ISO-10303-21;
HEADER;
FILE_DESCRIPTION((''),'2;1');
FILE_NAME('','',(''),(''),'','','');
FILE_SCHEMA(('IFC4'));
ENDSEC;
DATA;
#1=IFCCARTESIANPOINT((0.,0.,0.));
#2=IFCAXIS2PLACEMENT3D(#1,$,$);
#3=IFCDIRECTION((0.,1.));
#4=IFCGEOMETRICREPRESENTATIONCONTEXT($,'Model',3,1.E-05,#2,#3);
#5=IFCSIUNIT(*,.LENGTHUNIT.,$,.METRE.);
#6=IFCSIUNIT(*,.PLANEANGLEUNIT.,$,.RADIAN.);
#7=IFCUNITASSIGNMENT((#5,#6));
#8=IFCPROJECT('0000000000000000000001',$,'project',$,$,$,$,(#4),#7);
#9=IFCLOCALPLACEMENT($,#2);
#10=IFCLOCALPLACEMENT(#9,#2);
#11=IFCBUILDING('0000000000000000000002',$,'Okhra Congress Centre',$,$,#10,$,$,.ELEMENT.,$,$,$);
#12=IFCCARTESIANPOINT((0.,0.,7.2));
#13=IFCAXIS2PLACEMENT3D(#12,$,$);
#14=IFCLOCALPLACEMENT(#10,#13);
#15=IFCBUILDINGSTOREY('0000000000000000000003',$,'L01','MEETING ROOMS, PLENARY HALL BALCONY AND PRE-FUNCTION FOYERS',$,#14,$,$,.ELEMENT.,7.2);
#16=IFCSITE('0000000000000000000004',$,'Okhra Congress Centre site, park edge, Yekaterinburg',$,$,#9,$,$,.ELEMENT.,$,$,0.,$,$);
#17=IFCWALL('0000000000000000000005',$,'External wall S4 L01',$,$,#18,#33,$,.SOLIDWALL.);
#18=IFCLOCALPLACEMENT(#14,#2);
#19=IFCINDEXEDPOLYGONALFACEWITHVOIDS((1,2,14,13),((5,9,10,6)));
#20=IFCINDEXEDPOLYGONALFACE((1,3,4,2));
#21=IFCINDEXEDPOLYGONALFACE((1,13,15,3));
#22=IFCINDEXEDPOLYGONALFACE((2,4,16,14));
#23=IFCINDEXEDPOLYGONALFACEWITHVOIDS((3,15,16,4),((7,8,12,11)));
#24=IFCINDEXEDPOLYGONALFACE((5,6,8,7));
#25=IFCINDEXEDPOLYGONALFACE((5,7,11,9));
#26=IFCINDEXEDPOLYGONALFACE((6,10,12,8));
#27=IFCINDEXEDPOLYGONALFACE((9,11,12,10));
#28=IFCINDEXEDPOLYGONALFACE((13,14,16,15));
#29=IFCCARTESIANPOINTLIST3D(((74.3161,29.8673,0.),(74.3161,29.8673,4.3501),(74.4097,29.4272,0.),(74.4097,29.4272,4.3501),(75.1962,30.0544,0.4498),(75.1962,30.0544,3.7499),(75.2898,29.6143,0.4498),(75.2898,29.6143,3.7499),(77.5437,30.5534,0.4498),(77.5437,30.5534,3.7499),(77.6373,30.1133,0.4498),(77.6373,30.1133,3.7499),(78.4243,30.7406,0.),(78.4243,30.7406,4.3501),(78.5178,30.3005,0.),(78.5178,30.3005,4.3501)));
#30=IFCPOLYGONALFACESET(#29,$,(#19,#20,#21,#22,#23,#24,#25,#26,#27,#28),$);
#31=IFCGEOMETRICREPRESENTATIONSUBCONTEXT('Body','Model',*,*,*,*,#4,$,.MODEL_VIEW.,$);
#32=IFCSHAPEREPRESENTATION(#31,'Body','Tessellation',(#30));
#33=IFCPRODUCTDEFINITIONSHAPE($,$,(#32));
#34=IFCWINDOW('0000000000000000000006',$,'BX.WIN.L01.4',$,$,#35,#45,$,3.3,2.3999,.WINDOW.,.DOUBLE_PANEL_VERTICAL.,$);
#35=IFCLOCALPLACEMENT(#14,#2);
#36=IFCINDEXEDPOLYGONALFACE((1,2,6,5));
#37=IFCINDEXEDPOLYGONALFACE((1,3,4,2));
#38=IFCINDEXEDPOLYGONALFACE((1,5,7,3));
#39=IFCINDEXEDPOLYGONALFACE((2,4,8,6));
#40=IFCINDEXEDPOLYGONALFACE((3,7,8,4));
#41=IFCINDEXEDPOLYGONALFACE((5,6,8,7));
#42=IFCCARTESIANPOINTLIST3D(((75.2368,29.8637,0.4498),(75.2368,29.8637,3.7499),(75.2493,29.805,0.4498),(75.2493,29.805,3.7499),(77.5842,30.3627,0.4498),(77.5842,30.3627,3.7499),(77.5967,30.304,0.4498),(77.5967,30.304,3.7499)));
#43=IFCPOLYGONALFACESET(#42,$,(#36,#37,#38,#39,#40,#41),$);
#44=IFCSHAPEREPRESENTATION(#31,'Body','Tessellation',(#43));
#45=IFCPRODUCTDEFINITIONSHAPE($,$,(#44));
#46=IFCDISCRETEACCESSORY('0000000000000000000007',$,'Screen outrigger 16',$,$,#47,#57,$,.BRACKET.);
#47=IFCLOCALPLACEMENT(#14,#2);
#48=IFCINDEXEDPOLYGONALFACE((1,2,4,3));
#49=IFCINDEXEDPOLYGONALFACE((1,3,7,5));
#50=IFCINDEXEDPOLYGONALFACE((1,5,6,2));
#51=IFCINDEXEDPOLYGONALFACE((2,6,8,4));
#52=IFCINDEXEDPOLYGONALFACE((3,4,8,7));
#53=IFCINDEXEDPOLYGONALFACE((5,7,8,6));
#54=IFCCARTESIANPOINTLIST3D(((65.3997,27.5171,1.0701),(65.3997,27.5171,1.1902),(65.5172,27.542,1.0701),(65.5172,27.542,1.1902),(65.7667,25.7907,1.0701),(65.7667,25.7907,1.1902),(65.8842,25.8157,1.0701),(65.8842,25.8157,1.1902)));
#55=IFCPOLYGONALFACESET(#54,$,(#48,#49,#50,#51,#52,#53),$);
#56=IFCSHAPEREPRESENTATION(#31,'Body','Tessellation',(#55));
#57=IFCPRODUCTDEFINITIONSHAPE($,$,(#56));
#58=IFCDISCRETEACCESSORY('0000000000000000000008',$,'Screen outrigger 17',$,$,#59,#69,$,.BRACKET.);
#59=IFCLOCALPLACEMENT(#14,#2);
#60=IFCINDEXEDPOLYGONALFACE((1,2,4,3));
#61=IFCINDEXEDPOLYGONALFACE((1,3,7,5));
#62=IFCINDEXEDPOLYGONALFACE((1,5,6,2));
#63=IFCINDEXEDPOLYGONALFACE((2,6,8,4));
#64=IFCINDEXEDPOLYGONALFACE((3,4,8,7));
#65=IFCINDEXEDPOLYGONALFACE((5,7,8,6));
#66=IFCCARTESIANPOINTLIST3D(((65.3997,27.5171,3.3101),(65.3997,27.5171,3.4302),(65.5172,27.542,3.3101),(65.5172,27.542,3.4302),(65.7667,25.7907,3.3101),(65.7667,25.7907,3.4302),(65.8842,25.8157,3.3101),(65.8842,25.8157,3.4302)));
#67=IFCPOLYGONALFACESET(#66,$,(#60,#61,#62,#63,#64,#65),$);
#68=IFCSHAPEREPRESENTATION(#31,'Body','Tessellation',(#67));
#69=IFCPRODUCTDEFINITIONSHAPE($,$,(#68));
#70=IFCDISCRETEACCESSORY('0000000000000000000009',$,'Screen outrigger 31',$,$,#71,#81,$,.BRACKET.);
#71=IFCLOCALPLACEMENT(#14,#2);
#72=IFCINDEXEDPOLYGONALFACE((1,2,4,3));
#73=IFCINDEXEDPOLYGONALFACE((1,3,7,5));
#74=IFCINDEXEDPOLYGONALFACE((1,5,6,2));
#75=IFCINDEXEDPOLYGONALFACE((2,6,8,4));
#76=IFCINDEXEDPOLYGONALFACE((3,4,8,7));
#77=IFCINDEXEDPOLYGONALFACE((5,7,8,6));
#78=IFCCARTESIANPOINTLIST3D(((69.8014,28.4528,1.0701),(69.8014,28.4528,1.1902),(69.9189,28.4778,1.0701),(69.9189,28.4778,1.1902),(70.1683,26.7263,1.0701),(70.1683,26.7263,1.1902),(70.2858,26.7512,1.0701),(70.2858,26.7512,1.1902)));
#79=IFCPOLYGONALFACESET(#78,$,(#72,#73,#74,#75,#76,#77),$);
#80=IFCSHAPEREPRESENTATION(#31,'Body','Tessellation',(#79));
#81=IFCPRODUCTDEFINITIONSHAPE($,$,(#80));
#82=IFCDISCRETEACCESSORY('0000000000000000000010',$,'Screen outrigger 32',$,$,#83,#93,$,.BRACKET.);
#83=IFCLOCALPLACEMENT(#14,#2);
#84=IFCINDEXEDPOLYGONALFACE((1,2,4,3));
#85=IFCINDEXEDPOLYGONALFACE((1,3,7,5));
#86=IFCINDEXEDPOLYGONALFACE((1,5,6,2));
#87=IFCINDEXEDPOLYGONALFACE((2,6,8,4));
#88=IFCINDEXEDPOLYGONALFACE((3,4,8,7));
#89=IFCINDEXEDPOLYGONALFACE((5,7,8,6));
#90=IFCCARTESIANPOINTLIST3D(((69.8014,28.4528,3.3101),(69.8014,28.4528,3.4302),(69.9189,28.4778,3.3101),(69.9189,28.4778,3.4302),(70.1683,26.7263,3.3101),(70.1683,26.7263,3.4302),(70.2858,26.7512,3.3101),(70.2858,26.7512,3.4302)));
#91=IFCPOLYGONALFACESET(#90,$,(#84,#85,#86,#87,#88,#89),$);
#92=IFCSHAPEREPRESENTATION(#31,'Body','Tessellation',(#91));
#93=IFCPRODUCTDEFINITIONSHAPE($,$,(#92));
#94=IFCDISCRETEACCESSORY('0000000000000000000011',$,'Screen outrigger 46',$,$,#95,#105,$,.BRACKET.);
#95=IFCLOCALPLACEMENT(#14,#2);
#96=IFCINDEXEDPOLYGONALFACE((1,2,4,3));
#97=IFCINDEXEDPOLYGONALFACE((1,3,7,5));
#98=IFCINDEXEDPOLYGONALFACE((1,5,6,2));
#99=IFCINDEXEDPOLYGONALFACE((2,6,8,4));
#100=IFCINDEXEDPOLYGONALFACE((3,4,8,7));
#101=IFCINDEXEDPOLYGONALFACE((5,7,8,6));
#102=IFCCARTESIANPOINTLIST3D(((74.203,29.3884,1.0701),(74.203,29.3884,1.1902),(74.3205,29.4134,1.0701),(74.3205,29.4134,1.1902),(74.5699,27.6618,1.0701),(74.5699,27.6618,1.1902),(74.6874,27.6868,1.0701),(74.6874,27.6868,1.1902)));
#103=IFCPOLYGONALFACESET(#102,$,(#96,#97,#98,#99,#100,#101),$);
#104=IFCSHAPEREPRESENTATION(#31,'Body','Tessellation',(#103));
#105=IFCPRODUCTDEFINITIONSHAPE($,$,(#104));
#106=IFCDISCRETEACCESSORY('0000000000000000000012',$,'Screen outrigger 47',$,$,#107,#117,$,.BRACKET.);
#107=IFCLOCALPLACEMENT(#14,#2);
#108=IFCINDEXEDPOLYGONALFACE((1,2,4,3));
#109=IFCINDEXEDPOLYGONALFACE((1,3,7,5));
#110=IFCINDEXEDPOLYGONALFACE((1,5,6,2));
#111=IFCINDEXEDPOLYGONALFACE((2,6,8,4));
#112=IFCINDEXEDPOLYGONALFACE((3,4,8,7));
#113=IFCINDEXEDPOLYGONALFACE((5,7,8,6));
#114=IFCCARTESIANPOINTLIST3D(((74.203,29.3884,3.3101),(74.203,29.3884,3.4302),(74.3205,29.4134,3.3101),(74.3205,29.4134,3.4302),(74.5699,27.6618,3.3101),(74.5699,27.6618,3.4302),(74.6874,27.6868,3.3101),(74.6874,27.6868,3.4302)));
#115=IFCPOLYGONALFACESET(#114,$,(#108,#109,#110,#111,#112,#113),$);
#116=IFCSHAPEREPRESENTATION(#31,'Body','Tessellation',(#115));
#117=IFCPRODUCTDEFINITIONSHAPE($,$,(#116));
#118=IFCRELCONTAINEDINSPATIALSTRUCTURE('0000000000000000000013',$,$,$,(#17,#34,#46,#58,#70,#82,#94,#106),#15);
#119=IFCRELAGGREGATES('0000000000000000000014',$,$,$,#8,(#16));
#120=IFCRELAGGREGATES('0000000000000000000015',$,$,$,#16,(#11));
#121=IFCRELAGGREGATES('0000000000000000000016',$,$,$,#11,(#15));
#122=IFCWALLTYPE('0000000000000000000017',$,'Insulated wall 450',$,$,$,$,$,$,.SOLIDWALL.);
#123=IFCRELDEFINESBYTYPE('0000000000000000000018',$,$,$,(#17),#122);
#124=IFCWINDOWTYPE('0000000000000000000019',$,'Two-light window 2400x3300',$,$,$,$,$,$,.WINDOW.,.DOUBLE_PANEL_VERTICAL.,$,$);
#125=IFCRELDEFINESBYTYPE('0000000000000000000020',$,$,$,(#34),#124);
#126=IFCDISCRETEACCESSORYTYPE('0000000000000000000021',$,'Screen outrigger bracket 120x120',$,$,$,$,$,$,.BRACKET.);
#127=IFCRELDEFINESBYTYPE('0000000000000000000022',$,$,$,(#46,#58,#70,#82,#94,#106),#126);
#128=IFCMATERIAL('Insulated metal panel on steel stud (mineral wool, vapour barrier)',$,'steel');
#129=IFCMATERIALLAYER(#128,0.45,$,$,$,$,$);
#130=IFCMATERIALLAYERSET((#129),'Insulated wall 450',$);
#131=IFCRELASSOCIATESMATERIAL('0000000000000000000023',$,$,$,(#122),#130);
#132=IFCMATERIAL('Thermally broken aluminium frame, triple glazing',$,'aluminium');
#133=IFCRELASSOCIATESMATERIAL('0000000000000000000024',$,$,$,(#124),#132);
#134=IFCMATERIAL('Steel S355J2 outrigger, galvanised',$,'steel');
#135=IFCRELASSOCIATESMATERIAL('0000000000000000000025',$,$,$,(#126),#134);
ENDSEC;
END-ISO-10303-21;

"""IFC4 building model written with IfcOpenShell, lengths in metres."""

from ifc_helpers import new_model, si_unit, direction, frame, frame_2d, origin, origin_2d, place, context, subcontext, project, spatial, rectangle, extrude, material, layer, layer_set, material_profile, profile_set, type_object, element, fill, save


model = new_model("IFC4")

# Units and contexts
model_context = context("Model", 3, precision=1e-05, world=origin(), true_north=direction((0.0, 1.0)))
body_context = subcontext(model_context, "Body", "Model", "MODEL_VIEW")
ifc_project = project(units=[si_unit("LENGTHUNIT", "METRE"), si_unit("PLANEANGLEUNIT", "RADIAN")], contexts=[model_context])

# Site, building, storey
site_placement = place(None, origin())
site = spatial("IfcSite", under=ifc_project, at=site_placement, Name="Okhra Congress Centre site, park edge, Yekaterinburg", CompositionType="ELEMENT", RefElevation=0.0)
building_placement = place(site_placement, origin())
building = spatial("IfcBuilding", under=site, at=building_placement, Name="Okhra Congress Centre", CompositionType="ELEMENT")
storey_placement = place(building_placement, frame((0.0, 0.0, 7.2)))
storey = spatial("IfcBuildingStorey", under=building, at=storey_placement, Name="L01", Description="MEETING ROOMS, PLENARY HALL BALCONY AND PRE-FUNCTION FOYERS", CompositionType="ELEMENT", Elevation=7.2)

# Wall, opening, window
ifc_material_1 = material(Name="Insulated metal panel on steel stud (mineral wool, vapour barrier)", Category="steel")
ifc_layer_1 = layer(ifc_material_1, 0.45)
ifc_layer_set_1 = layer_set([ifc_layer_1], Name="Insulated wall 450")
wall_type = type_object("IfcWallType", Name="Insulated wall 450", PredefinedType="SOLIDWALL", material=ifc_layer_set_1)
ifc_material_2 = material(Name="Thermally broken aluminium frame, triple glazing", Category="aluminium")
window_type = type_object("IfcWindowType", Name="Two-light window 2400x3300", PartitioningType="DOUBLE_PANEL_VERTICAL", PredefinedType="WINDOW", material=ifc_material_2)
wall_1_placement = place(storey_placement, frame((74.3628, 29.6472, 0.0), z_axis=(0.0, 0.0, 1.0), x_axis=(0.978144, 0.207929, 0.0)))
wall_1 = element("IfcWall", 1, at=wall_1_placement, inside=storey, type_object=wall_type, Name="External wall S4 L01", PredefinedType="SOLIDWALL", context=body_context, shape_type="SweptSolid", body=[
    extrude(rectangle(XDim=4.2, YDim=0.45, at=frame_2d((2.1001, 0.0))), origin(), (0.0, 0.0, 1.0), 4.3501),
])
opening_1_placement = place(wall_1_placement, frame((0.8999, 0.0, 0.45)))
opening_1 = element("IfcOpeningElement", 2, at=opening_1_placement, cuts=wall_1, PredefinedType="OPENING", context=body_context, shape_type="SweptSolid", body=[
    extrude(rectangle(XDim=2.3999, YDim=3.3, at=frame_2d((1.2, 1.6499))), frame((0.0, 0.2349, 0.0), z_axis=(0.0, -1.0, 0.0), x_axis=(1.0, 0.0, 0.0)), (0.0, 0.0, 1.0), 0.47),
])
window_1_placement = place(opening_1_placement, origin())
window_1 = element("IfcWindow", 3, at=window_1_placement, inside=storey, type_object=window_type, Name="BX.WIN.L01.4", OverallHeight=3.3, OverallWidth=2.3999, PartitioningType="DOUBLE_PANEL_VERTICAL", PredefinedType="WINDOW", context=body_context, shape_type="SweptSolid", body=[
    extrude(rectangle(XDim=2.3999, YDim=3.3, at=frame_2d((1.2, 1.6499))), frame((0.0, 0.03, 0.0), z_axis=(0.0, -1.0, 0.0), x_axis=(1.0, 0.0, 0.0)), (0.0, 0.0, 1.0), 0.0601),
])
fill(opening_1, window_1)

# Discrete accessories
ifc_material_3 = material(Name="Steel S355J2 outrigger, galvanised", Category="steel")
ifc_material_profile_1 = material_profile(ifc_material_3, rectangle(XDim=0.1201, YDim=0.1201, at=origin_2d()), Name="Screen outrigger bracket 120x120")
ifc_profile_set_1 = profile_set([ifc_material_profile_1], Name="Steel S355J2 outrigger, galvanised")
discrete_accessory_type = type_object("IfcDiscreteAccessoryType", Name="Screen outrigger bracket 120x120", PredefinedType="BRACKET", material=ifc_profile_set_1)
for number, where, z_axis, x_axis, name in (
    (4, (65.4585, 27.5295, 1.1301), (0.207913, -0.978147, 0.0), (0.978147, 0.207913, 0.0), "Screen outrigger 16"),
    (5, (65.4585, 27.5295, 3.3701), (0.207913, -0.978147, 0.0), (0.978147, 0.207913, 0.0), "Screen outrigger 17"),
):
    element("IfcDiscreteAccessory", number, at=place(storey_placement, frame(where, z_axis=z_axis, x_axis=x_axis)), inside=storey, type_object=discrete_accessory_type, Name=name, PredefinedType="BRACKET", context=body_context, shape_type="SweptSolid", body=[
        extrude(rectangle(XDim=0.1201, YDim=0.1201, at=origin_2d()), origin(), (0.0, 0.0, 1.0), 1.7649),
    ])
for number, where, z_axis, x_axis, name in (
    (6, (69.8601, 28.4653, 1.1301), (0.207885, -0.978153, 0.0), (0.978153, 0.207885, 0.0), "Screen outrigger 31"),
    (7, (69.8601, 28.4653, 3.3701), (0.207885, -0.978153, 0.0), (0.978153, 0.207885, 0.0), "Screen outrigger 32"),
    (8, (74.2617, 29.4009, 1.1301), (0.207885, -0.978153, 0.0), (0.978153, 0.207885, 0.0), "Screen outrigger 46"),
    (9, (74.2617, 29.4009, 3.3701), (0.207885, -0.978153, 0.0), (0.978153, 0.207885, 0.0), "Screen outrigger 47"),
):
    element("IfcDiscreteAccessory", number, at=place(storey_placement, frame(where, z_axis=z_axis, x_axis=x_axis)), inside=storey, type_object=discrete_accessory_type, Name=name, PredefinedType="BRACKET", context=body_context, shape_type="SweptSolid", body=[
        extrude(rectangle(XDim=0.1201, YDim=0.1201, at=origin_2d()), origin(), (0.0, 0.0, 1.0), 1.7651),
    ])

save(model, "model.ifc")
